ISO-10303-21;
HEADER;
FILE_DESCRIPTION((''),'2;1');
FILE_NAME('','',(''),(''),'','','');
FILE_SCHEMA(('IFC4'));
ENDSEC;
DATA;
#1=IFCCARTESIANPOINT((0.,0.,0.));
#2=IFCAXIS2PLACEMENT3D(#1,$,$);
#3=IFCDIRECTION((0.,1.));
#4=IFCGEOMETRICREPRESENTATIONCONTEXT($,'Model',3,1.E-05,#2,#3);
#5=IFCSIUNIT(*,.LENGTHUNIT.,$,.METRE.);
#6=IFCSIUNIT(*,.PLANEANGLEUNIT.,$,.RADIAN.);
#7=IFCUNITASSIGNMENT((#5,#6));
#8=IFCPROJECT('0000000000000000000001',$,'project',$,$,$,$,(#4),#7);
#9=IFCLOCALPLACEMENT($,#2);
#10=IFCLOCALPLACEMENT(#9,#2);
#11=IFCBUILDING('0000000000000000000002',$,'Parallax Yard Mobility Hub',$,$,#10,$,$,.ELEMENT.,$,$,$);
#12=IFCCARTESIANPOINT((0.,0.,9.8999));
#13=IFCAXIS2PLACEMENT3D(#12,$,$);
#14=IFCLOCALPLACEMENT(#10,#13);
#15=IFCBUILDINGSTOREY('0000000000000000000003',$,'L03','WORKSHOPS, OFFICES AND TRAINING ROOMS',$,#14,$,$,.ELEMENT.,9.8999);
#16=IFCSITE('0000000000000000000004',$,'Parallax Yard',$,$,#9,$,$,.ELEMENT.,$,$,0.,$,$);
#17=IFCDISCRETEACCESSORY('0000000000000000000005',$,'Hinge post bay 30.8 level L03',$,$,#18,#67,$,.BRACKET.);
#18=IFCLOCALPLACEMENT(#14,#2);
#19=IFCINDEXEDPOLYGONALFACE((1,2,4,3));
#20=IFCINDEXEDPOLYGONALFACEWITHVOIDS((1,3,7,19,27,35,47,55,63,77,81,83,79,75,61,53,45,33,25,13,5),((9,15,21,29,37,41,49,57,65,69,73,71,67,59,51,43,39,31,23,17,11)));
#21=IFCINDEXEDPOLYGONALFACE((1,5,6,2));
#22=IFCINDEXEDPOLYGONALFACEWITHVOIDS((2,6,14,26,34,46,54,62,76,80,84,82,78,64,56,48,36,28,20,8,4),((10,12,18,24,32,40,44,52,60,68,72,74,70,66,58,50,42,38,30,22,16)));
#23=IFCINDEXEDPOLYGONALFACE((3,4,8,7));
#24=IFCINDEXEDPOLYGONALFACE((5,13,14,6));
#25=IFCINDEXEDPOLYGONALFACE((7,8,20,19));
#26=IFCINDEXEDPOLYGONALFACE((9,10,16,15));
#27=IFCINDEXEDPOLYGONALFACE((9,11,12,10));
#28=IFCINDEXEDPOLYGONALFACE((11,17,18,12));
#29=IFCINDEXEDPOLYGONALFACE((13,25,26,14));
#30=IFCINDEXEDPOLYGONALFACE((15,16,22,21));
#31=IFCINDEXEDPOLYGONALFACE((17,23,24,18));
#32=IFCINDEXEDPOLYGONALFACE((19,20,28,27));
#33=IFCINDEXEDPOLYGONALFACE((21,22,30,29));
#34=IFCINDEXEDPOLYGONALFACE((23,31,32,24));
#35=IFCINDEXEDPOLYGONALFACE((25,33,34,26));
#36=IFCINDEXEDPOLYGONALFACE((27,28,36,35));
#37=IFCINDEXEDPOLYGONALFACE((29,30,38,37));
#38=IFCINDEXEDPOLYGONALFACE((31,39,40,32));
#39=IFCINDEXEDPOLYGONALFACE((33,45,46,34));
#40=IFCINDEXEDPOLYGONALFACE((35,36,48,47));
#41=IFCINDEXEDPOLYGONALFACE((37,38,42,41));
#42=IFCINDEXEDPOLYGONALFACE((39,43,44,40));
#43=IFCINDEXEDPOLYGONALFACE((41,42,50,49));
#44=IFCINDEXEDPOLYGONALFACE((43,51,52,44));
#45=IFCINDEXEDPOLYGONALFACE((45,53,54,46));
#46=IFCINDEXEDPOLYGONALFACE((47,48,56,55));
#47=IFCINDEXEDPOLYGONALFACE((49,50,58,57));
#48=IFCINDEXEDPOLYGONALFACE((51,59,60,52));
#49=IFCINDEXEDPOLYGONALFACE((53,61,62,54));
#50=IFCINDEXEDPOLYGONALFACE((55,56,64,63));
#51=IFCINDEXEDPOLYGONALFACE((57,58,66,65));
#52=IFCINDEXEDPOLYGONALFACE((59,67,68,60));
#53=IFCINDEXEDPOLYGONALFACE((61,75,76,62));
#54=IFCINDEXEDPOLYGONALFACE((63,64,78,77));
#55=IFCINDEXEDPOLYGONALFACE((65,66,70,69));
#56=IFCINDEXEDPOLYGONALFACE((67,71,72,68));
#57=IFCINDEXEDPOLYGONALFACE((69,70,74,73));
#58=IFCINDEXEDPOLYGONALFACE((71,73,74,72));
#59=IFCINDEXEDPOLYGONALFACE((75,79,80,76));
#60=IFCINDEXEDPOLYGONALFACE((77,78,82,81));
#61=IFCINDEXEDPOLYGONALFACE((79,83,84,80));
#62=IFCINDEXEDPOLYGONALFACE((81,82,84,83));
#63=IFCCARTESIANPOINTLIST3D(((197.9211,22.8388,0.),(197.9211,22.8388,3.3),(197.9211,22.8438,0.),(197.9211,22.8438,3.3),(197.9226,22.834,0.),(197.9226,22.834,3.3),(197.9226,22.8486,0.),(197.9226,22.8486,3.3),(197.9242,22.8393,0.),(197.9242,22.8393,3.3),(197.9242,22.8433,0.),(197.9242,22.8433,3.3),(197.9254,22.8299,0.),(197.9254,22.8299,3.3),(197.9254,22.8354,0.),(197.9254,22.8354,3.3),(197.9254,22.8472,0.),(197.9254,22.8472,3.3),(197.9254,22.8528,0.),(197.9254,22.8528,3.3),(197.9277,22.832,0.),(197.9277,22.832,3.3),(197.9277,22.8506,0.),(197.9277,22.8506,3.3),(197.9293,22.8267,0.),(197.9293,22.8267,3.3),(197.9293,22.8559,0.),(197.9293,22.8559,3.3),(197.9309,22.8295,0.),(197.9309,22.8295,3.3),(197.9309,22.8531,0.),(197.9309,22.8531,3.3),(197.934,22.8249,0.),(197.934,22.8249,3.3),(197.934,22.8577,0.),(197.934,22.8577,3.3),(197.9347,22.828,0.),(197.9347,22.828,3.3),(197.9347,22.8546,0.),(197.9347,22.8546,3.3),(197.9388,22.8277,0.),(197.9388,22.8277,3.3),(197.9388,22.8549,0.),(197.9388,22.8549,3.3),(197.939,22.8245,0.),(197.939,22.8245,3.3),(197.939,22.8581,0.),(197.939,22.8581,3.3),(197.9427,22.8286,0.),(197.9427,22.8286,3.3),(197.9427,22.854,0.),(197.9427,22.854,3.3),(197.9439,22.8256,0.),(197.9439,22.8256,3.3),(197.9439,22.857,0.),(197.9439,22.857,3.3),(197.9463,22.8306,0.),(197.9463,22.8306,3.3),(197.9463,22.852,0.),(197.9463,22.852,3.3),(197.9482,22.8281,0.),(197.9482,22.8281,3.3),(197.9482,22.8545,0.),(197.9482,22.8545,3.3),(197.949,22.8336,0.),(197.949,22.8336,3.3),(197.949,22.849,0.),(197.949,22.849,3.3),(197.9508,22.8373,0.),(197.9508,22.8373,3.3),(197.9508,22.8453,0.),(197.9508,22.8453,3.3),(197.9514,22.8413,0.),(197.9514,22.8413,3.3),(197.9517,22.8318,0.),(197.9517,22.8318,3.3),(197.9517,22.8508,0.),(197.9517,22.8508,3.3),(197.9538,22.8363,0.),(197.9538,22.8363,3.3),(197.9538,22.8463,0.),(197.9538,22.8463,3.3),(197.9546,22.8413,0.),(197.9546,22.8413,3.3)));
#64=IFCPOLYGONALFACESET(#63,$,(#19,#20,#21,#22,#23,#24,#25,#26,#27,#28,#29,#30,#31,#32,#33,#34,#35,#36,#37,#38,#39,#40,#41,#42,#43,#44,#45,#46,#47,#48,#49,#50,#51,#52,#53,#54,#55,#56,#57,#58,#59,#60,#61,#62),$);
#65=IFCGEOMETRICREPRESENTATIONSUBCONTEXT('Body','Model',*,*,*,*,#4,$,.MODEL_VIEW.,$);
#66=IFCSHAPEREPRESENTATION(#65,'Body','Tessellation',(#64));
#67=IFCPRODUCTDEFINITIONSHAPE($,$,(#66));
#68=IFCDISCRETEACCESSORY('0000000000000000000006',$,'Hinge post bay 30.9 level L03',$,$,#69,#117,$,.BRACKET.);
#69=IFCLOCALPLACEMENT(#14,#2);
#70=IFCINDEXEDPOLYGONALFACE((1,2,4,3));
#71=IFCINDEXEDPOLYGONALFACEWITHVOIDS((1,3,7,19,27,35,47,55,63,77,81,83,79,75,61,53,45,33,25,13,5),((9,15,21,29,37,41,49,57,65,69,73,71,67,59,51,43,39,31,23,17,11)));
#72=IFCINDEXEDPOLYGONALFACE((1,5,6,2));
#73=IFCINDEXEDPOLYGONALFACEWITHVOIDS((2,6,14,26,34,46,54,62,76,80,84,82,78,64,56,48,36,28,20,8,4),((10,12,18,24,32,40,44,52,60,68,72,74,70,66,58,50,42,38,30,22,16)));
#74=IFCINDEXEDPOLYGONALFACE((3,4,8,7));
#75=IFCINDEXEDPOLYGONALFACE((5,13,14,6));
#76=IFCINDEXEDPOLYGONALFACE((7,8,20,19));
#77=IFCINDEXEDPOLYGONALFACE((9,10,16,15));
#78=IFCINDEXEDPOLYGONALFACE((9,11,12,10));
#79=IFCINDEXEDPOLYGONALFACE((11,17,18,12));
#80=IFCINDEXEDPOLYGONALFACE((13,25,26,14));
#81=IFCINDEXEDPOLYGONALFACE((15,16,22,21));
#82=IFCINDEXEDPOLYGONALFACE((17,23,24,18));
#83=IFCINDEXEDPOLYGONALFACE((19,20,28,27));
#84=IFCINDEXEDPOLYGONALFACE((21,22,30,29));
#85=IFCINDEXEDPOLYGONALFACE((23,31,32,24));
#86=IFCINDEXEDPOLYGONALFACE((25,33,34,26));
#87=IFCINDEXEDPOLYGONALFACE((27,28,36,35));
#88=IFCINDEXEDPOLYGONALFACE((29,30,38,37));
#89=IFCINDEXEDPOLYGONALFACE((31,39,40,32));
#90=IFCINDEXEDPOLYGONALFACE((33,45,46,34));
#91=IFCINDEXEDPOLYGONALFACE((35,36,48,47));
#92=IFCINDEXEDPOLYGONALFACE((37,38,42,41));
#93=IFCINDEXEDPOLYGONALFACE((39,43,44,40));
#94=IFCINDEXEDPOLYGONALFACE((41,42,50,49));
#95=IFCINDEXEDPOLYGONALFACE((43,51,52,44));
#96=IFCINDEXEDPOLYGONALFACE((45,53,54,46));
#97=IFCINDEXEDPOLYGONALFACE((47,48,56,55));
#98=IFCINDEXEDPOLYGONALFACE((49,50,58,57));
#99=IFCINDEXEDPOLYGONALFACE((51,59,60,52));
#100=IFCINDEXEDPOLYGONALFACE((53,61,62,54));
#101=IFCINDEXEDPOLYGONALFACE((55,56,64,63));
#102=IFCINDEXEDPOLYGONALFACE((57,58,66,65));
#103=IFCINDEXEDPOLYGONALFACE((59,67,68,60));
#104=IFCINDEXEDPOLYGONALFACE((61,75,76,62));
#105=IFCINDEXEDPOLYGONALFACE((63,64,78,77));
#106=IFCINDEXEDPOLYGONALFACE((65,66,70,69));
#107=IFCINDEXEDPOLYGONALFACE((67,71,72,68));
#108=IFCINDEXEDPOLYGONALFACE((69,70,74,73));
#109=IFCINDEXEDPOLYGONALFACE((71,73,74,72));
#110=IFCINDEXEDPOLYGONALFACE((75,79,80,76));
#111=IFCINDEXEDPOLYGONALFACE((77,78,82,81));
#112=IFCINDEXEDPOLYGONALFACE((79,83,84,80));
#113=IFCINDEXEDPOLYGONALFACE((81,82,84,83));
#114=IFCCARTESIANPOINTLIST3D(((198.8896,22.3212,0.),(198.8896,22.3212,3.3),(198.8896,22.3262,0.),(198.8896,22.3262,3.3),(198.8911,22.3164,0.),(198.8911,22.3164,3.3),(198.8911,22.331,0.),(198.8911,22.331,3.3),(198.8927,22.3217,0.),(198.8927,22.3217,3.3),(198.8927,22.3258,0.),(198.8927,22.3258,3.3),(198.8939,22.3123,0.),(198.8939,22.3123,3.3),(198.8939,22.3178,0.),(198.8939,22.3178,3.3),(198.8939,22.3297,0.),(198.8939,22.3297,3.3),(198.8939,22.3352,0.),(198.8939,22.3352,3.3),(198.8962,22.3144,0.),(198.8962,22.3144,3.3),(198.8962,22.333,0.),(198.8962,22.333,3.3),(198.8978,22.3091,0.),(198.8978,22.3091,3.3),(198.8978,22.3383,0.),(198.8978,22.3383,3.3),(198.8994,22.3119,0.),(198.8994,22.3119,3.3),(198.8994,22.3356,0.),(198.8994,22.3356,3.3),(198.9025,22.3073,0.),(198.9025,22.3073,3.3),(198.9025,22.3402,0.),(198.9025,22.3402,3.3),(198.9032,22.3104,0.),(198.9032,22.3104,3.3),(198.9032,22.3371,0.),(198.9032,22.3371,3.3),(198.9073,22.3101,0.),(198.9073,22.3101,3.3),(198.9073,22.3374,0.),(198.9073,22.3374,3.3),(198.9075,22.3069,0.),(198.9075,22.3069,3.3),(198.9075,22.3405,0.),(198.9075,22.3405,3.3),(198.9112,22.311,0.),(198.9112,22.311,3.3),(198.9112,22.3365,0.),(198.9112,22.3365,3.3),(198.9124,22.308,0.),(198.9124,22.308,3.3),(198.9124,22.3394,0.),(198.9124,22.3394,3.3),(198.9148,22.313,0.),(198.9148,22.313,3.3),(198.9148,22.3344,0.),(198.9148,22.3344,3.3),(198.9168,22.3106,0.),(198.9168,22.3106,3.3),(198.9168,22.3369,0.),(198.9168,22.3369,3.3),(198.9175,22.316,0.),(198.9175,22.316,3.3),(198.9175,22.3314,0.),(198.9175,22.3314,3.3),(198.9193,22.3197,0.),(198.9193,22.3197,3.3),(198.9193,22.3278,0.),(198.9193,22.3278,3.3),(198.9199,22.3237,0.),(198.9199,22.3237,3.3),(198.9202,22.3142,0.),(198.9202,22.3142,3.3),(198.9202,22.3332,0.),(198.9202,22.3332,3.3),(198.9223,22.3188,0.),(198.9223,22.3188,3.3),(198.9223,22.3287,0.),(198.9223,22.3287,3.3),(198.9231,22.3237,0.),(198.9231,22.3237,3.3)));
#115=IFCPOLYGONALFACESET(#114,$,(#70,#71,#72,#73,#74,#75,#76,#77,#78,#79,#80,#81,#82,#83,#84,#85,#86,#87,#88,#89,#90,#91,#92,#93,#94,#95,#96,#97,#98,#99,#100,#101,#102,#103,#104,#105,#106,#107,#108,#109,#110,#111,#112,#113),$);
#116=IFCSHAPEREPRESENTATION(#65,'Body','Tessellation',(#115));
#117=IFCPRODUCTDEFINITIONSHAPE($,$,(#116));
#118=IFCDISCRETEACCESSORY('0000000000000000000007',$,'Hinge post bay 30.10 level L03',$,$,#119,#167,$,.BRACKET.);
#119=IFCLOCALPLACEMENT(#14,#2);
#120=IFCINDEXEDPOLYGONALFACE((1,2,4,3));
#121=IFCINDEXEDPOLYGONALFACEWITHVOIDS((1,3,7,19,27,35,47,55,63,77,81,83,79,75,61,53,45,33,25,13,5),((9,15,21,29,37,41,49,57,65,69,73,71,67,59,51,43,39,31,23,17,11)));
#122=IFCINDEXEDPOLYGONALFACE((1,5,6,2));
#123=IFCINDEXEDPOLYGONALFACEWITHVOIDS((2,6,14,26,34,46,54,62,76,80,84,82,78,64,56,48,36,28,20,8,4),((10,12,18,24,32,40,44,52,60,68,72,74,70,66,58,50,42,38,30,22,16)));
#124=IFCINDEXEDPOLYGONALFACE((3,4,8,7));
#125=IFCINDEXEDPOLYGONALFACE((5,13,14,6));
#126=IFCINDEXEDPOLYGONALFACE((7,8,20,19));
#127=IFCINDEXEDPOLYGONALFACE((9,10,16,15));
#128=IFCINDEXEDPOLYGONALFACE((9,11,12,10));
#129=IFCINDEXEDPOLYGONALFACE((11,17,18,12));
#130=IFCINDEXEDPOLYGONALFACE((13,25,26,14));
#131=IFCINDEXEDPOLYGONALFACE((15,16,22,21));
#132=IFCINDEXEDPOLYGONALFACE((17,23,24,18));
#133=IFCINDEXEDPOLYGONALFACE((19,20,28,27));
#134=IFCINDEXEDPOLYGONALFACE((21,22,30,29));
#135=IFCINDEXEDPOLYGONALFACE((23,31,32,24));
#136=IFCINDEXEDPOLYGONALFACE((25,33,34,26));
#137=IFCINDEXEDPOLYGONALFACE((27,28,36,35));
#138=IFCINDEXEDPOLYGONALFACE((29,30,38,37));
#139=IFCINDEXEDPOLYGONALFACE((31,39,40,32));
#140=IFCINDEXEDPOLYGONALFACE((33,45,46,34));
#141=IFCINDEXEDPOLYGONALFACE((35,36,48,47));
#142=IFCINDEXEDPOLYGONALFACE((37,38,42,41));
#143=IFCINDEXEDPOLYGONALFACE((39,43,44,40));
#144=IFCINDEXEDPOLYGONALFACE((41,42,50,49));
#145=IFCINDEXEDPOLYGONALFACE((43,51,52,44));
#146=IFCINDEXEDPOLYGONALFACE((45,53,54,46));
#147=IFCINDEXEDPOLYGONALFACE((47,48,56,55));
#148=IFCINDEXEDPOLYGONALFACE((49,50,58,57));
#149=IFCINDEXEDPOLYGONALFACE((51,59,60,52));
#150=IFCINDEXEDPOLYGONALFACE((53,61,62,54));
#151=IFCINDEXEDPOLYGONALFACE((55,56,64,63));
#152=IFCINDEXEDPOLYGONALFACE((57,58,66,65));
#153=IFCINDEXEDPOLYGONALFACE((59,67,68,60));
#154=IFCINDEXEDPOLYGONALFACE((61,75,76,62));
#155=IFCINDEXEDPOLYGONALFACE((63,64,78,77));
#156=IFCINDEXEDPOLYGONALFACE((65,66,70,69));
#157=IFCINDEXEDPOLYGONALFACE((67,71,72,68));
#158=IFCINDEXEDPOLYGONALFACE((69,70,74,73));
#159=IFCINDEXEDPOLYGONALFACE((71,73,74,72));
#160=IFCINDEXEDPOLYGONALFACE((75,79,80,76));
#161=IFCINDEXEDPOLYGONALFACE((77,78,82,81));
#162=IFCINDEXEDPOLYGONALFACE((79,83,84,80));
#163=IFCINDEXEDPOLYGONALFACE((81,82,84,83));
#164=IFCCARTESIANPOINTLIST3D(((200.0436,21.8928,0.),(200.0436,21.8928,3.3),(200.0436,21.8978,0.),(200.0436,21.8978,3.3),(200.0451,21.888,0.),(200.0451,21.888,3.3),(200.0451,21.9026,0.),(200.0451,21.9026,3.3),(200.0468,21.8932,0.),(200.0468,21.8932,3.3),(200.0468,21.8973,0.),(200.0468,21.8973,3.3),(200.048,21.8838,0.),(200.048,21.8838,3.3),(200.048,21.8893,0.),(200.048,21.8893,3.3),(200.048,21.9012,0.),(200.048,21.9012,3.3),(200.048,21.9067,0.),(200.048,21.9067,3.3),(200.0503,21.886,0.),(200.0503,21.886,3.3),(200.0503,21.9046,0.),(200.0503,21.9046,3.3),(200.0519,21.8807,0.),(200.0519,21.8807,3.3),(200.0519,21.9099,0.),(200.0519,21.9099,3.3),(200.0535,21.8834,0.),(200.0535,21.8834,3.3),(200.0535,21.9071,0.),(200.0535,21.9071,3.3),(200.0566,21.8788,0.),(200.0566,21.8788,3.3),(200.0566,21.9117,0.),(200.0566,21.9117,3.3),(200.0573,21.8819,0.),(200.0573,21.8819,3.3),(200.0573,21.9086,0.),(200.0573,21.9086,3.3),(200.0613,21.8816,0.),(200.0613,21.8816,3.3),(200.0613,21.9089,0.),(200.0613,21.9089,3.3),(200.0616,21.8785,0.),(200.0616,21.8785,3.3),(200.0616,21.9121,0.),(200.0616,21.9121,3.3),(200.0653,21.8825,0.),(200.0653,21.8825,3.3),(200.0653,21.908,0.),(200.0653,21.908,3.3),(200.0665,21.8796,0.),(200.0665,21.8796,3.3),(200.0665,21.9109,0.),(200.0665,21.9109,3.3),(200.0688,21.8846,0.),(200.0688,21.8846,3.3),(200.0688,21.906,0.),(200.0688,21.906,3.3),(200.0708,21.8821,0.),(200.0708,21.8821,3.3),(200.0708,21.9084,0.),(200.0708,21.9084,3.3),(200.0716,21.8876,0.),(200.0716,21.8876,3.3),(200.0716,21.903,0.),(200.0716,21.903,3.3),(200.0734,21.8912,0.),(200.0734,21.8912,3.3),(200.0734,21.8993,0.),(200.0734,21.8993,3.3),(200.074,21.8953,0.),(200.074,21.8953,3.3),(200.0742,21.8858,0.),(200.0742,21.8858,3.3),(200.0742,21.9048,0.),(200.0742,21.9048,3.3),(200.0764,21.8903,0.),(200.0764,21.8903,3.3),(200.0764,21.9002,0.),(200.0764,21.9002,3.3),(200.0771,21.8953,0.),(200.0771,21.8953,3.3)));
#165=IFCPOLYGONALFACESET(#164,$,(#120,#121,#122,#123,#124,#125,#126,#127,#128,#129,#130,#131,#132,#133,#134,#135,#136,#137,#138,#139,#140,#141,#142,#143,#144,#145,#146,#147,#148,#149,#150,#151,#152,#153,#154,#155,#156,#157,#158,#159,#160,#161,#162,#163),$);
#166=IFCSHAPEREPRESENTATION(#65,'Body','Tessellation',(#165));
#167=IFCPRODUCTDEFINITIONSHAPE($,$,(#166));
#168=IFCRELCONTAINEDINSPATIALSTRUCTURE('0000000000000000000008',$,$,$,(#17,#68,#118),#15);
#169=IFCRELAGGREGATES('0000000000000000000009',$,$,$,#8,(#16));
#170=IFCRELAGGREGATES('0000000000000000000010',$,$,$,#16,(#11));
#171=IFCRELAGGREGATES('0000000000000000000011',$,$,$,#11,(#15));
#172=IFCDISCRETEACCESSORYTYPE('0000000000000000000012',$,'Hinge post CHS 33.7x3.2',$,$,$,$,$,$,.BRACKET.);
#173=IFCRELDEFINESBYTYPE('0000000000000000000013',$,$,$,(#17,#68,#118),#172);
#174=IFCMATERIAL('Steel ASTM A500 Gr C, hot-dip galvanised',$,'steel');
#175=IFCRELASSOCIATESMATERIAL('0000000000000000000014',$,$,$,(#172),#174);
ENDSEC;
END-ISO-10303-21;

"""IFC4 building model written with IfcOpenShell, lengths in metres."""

from ifc_helpers import new_model, si_unit, direction, frame, origin, origin_2d, place, context, subcontext, project, spatial, hollow_circle, extrude, material, material_profile, profile_set, type_object, element, save


model = new_model("IFC4")

# Units and contexts
model_context = context("Model", 3, precision=1e-05, world=origin(), true_north=direction((0.0, 1.0)))
body_context = subcontext(model_context, "Body", "Model", "MODEL_VIEW")
ifc_project = project(units=[si_unit("LENGTHUNIT", "METRE"), si_unit("PLANEANGLEUNIT", "RADIAN")], contexts=[model_context])

# Site, building, storey
site_placement = place(None, origin())
site = spatial("IfcSite", under=ifc_project, at=site_placement, Name="Parallax Yard", CompositionType="ELEMENT", RefElevation=0.0)
building_placement = place(site_placement, origin())
building = spatial("IfcBuilding", under=site, at=building_placement, Name="Parallax Yard Mobility Hub", CompositionType="ELEMENT")
storey_placement = place(building_placement, frame((0.0, 0.0, 9.8999)))
storey = spatial("IfcBuildingStorey", under=building, at=storey_placement, Name="L03", Description="WORKSHOPS, OFFICES AND TRAINING ROOMS", CompositionType="ELEMENT", Elevation=9.8999)

# Discrete accessories
ifc_material_1 = material(Name="Steel ASTM A500 Gr C, hot-dip galvanised", Category="steel")
ifc_material_profile_1 = material_profile(ifc_material_1, hollow_circle(Radius=0.0168, WallThickness=0.0032, at=origin_2d()), Name="CHS 33.7x3.2")
ifc_profile_set_1 = profile_set([ifc_material_profile_1], Name="Steel ASTM A500 Gr C, hot-dip galvanised")
discrete_accessory_type_1 = type_object("IfcDiscreteAccessoryType", Name="Hinge post CHS 33.7x3.2", PredefinedType="BRACKET", material=ifc_profile_set_1)
for number, where, z_axis, x_axis, name in (
    (1, (197.9377, 22.8413, 0.0), (0.0, 0.0, 1.0), (1.0, 0.0, 0.0), "Hinge post bay 30.8 level L03"),
    (2, (198.9062, 22.3237, 0.0), (0.0, 0.0, 1.0), (1.0, 0.0, 0.0), "Hinge post bay 30.9 level L03"),
    (3, (200.0603, 21.8953, 0.0), (0.0, 0.0, 1.0), (1.0, 0.0, 0.0), "Hinge post bay 30.10 level L03"),
):
    element("IfcDiscreteAccessory", number, at=place(storey_placement, frame(where, z_axis=z_axis, x_axis=x_axis)), inside=storey, type_object=discrete_accessory_type_1, Name=name, PredefinedType="BRACKET", context=body_context, shape_type="SweptSolid", body=[
        extrude(hollow_circle(Radius=0.0168, WallThickness=0.0032, at=origin_2d()), origin(), (0.0, 0.0, 1.0), 3.3),
    ])

save(model, "model.ifc")
